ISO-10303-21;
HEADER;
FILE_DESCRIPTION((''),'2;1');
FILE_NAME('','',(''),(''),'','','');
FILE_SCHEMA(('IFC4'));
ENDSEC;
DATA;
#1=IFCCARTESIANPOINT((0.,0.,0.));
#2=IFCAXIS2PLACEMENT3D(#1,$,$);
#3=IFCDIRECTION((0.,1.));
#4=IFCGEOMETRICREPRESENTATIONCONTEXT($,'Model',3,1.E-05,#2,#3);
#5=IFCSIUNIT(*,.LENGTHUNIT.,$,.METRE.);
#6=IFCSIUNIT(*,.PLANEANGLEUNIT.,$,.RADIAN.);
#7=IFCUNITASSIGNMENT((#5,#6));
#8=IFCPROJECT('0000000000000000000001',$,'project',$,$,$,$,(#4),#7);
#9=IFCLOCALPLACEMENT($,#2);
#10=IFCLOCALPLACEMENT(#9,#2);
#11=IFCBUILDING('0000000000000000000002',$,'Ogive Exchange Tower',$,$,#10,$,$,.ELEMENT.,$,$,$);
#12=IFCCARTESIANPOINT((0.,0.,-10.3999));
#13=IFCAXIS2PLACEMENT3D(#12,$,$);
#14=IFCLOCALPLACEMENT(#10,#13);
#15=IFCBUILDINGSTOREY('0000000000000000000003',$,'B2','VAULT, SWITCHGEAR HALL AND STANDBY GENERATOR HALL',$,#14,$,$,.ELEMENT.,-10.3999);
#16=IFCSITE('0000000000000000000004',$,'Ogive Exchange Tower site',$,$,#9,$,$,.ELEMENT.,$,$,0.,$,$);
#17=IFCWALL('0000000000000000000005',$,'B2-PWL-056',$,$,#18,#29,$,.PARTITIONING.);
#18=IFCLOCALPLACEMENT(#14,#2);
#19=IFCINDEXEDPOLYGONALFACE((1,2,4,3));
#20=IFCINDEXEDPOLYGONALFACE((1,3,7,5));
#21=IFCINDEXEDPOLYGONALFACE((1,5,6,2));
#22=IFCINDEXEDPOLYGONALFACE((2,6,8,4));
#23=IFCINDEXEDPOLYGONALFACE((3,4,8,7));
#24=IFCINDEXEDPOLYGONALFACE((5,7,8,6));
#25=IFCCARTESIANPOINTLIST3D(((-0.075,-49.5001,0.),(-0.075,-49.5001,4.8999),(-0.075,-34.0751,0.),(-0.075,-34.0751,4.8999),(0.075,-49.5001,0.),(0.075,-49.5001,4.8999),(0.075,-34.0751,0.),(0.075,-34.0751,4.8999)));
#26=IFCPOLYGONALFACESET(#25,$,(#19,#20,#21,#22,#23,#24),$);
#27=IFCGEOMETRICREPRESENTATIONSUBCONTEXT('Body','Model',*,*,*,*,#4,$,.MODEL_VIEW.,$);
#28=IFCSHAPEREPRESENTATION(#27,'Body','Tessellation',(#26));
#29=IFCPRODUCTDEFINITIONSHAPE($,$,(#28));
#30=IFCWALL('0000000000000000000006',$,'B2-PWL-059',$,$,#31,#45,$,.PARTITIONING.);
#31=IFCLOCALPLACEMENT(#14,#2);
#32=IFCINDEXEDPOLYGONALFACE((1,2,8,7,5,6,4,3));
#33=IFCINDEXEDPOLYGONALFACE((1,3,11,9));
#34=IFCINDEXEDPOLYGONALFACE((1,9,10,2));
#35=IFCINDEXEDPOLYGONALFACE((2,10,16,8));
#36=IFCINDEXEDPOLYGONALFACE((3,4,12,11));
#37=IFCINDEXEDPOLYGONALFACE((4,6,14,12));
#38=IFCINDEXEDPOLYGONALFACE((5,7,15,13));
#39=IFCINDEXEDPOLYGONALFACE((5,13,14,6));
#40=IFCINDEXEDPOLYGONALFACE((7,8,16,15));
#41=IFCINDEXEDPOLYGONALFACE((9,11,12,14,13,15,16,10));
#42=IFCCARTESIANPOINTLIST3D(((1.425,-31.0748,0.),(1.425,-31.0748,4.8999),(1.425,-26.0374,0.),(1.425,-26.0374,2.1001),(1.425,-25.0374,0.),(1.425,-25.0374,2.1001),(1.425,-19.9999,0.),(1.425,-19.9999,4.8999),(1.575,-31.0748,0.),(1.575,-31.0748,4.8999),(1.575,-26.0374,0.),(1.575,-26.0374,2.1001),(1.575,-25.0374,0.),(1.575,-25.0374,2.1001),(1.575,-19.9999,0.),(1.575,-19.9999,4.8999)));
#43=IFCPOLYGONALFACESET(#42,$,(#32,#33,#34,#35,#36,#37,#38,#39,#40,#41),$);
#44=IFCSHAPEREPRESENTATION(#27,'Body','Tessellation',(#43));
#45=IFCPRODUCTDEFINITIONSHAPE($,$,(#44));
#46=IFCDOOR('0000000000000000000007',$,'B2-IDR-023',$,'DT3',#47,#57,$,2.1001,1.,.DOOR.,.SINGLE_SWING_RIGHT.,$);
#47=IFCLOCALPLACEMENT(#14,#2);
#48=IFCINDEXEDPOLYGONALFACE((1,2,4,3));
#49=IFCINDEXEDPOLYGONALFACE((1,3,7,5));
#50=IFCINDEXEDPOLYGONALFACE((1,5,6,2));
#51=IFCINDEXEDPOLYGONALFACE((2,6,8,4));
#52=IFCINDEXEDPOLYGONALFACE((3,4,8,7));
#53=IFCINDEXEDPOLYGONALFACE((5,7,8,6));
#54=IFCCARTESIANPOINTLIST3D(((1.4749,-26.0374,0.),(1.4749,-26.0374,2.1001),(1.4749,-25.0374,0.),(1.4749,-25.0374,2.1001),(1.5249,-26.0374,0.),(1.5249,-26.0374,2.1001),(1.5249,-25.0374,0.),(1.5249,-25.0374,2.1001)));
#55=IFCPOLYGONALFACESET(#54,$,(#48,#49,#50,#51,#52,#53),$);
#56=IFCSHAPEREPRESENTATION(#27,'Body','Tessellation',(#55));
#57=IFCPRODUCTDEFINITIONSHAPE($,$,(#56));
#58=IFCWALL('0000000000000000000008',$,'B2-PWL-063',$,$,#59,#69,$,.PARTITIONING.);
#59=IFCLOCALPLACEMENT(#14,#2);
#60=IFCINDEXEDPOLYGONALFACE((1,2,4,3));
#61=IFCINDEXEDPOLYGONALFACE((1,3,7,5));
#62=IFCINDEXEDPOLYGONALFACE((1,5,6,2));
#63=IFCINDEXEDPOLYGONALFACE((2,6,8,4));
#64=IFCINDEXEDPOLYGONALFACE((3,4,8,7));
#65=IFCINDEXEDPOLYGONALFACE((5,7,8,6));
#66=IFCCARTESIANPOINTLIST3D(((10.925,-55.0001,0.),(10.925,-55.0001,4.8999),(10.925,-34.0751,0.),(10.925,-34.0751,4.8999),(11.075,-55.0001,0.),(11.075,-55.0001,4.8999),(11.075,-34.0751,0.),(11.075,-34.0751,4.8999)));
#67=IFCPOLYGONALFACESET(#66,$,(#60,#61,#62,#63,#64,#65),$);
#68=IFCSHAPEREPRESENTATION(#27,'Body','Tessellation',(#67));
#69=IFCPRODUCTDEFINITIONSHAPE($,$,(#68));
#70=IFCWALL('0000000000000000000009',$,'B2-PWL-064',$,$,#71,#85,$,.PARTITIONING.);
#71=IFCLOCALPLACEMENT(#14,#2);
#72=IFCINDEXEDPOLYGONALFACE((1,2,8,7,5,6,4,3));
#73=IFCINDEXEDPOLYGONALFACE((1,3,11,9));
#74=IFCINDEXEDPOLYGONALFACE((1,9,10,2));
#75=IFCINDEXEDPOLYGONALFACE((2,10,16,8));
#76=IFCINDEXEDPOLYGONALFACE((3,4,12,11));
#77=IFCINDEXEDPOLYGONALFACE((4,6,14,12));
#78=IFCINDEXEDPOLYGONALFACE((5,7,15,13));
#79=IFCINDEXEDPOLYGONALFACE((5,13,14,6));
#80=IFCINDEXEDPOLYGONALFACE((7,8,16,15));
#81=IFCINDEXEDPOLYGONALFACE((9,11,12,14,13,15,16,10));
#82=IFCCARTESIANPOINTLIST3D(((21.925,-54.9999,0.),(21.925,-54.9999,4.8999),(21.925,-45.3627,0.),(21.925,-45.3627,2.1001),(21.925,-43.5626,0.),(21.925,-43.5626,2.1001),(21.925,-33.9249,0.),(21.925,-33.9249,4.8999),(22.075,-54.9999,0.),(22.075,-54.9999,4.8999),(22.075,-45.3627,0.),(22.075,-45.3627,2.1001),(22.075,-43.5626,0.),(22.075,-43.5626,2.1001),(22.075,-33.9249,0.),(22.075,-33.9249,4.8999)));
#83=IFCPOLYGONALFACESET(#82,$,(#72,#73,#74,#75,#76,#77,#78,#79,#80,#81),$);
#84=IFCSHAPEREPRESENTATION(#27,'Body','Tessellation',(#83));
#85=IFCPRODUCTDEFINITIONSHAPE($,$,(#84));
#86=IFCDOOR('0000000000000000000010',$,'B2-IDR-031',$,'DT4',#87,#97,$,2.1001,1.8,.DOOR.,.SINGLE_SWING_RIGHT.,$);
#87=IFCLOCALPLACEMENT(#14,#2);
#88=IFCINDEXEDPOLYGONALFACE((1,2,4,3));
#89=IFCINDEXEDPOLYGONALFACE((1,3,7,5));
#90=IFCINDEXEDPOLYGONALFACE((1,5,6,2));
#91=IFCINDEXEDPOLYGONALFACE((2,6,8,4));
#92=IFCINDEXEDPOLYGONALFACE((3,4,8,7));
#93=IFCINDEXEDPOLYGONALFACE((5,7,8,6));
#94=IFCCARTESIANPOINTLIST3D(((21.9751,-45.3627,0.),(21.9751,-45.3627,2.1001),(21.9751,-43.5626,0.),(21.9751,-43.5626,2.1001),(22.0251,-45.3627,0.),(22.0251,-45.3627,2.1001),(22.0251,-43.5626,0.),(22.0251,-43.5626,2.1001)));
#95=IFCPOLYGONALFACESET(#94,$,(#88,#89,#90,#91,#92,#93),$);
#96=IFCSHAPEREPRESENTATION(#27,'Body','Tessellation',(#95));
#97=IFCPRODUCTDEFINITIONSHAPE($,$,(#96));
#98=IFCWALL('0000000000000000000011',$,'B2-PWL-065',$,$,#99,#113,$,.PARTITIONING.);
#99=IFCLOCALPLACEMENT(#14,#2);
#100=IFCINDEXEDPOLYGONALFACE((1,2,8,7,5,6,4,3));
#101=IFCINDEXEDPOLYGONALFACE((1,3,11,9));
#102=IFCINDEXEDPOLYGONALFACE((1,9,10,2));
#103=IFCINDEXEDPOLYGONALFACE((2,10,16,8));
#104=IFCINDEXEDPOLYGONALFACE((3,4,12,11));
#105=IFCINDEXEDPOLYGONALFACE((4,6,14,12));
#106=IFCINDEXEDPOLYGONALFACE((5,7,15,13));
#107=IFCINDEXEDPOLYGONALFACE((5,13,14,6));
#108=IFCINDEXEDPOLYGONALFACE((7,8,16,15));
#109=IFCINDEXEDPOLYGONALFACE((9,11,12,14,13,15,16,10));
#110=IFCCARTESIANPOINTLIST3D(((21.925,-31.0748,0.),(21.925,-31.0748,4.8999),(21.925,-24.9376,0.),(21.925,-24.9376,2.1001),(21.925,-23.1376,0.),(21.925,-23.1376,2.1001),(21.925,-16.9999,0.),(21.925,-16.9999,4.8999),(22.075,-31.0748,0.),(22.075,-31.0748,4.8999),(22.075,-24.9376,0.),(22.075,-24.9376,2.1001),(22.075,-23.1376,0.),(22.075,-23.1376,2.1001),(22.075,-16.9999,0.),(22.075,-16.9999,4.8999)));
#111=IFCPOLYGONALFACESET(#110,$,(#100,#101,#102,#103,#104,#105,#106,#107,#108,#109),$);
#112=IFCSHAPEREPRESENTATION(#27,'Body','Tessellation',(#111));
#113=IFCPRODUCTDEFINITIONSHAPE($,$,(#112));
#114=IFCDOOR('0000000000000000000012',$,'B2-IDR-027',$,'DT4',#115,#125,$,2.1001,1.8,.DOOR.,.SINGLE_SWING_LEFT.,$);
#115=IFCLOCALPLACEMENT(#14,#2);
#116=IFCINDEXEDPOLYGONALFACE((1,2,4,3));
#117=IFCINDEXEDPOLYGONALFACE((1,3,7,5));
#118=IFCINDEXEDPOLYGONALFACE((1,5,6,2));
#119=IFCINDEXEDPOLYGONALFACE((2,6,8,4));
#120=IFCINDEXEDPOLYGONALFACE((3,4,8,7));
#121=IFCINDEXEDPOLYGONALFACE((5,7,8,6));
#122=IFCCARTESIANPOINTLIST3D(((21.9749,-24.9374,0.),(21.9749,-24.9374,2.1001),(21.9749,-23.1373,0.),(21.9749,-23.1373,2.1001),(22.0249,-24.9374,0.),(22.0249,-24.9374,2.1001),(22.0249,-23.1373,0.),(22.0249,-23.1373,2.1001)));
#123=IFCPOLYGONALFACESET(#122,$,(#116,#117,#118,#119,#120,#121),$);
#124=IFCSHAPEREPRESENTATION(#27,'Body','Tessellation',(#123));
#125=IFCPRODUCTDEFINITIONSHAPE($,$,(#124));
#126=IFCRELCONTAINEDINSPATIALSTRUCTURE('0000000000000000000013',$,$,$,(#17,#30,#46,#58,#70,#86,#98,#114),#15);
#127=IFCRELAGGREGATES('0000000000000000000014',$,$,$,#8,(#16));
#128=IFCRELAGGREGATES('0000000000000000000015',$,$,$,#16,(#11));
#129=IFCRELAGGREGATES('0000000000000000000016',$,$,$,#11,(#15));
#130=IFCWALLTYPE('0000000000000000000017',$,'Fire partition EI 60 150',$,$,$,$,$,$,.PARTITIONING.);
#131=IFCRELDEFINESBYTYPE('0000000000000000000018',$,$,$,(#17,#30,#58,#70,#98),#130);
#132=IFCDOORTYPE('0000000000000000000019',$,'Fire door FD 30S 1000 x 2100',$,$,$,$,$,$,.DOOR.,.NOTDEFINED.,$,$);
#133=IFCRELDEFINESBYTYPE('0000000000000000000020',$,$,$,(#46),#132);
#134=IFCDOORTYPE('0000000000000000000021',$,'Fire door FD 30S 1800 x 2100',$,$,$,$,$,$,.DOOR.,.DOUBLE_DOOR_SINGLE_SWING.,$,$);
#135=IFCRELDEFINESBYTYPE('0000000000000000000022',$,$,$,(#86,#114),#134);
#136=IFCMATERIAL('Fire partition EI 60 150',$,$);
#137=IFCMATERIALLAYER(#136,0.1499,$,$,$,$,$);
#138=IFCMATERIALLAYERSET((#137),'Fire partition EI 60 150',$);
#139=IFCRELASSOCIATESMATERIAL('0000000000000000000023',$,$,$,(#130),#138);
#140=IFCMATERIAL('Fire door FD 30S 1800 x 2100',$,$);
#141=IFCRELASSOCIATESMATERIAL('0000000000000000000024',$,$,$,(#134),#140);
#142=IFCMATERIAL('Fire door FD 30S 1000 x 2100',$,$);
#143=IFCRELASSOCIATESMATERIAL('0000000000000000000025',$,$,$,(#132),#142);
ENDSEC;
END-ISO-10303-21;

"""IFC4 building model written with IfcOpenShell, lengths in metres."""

from ifc_helpers import new_model, si_unit, direction, frame, frame_2d, origin, place, context, subcontext, project, spatial, rectangle, extrude, material, layer, layer_set, type_object, element, fill, save


model = new_model("IFC4")

# Units and contexts
model_context = context("Model", 3, precision=1e-05, world=origin(), true_north=direction((0.0, 1.0)))
body_context = subcontext(model_context, "Body", "Model", "MODEL_VIEW")
ifc_project = project(units=[si_unit("LENGTHUNIT", "METRE"), si_unit("PLANEANGLEUNIT", "RADIAN")], contexts=[model_context])

# Site, building, storey
site_placement = place(None, origin())
site = spatial("IfcSite", under=ifc_project, at=site_placement, Name="Ogive Exchange Tower site", CompositionType="ELEMENT", RefElevation=0.0)
building_placement = place(site_placement, origin())
building = spatial("IfcBuilding", under=site, at=building_placement, Name="Ogive Exchange Tower", CompositionType="ELEMENT")
storey_placement = place(building_placement, frame((0.0, 0.0, -10.3999)))
storey = spatial("IfcBuildingStorey", under=building, at=storey_placement, Name="B2", Description="VAULT, SWITCHGEAR HALL AND STANDBY GENERATOR HALL", CompositionType="ELEMENT", Elevation=-10.3999)

# Shared definitions
ifc_material_1 = material(Name="Fire partition EI 60 150")
ifc_layer_1 = layer(ifc_material_1, 0.1499)
ifc_layer_set_1 = layer_set([ifc_layer_1], Name="Fire partition EI 60 150")
wall_type_1 = type_object("IfcWallType", Name="Fire partition EI 60 150", PredefinedType="PARTITIONING", material=ifc_layer_set_1)
ifc_material_2 = material(Name="Fire door FD 30S 1800 x 2100")
door_type_1 = type_object("IfcDoorType", Name="Fire door FD 30S 1800 x 2100", OperationType="DOUBLE_DOOR_SINGLE_SWING", PredefinedType="DOOR", material=ifc_material_2)

# Wall
wall_1_placement = place(storey_placement, frame((0.0, -49.5, 0.0), z_axis=(0.0, 0.0, 1.0), x_axis=(0.0, 1.0, 0.0)))
element("IfcWall", 1, at=wall_1_placement, inside=storey, type_object=wall_type_1, Name="B2-PWL-056", PredefinedType="PARTITIONING", context=body_context, shape_type="SweptSolid", body=[
    extrude(rectangle(XDim=15.425, YDim=0.1499, at=frame_2d((7.7124, 0.0))), origin(), (0.0, 0.0, 1.0), 4.8999),
])

# Wall, opening, door
wall_2_placement = place(storey_placement, frame((1.5, -31.075, 0.0), z_axis=(0.0, 0.0, 1.0), x_axis=(0.0, 1.0, 0.0)))
wall_2 = element("IfcWall", 2, at=wall_2_placement, inside=storey, type_object=wall_type_1, Name="B2-PWL-059", PredefinedType="PARTITIONING", context=body_context, shape_type="SweptSolid", body=[
    extrude(rectangle(XDim=11.075, YDim=0.1499, at=frame_2d((5.5376, 0.0))), origin(), (0.0, 0.0, 1.0), 4.8999),
])
opening_1_placement = place(wall_2_placement, frame((5.0376, 0.0, 0.0)))
opening_1 = element("IfcOpeningElement", 3, at=opening_1_placement, cuts=wall_2, PredefinedType="OPENING", context=body_context, shape_type="SweptSolid", body=[
    extrude(rectangle(XDim=1.0, YDim=2.1001, at=frame_2d((0.5, 1.05))), frame((0.0, 0.085, 0.0), z_axis=(0.0, -1.0, 0.0), x_axis=(1.0, 0.0, 0.0)), (0.0, 0.0, 1.0), 0.1699),
])
ifc_material_3 = material(Name="Fire door FD 30S 1000 x 2100")
door_type_2 = type_object("IfcDoorType", Name="Fire door FD 30S 1000 x 2100", OperationType="NOTDEFINED", PredefinedType="DOOR", material=ifc_material_3)
door_1_placement = place(opening_1_placement, frame((1.0, 0.0, 0.0), z_axis=(0.0, 0.0, 1.0), x_axis=(-1.0, 0.0, 0.0)))
door_1 = element("IfcDoor", 4, at=door_1_placement, inside=storey, type_object=door_type_2, Name="B2-IDR-023", ObjectType="DT3", OperationType="SINGLE_SWING_RIGHT", OverallHeight=2.1001, OverallWidth=1.0, PredefinedType="DOOR", context=body_context, shape_type="SweptSolid", body=[
    extrude(rectangle(XDim=1.0, YDim=2.1001, at=frame_2d((0.5, 1.05))), frame((0.0, 0.0249, 0.0), z_axis=(0.0, -1.0, 0.0), x_axis=(1.0, 0.0, 0.0)), (0.0, 0.0, 1.0), 0.05),
])
fill(opening_1, door_1)

# Wall
wall_3_placement = place(storey_placement, frame((11.0, -55.0, 0.0), z_axis=(0.0, 0.0, 1.0), x_axis=(0.0, 1.0, 0.0)))
element("IfcWall", 5, at=wall_3_placement, inside=storey, type_object=wall_type_1, Name="B2-PWL-063", PredefinedType="PARTITIONING", context=body_context, shape_type="SweptSolid", body=[
    extrude(rectangle(XDim=20.925, YDim=0.1499, at=frame_2d((10.4624, 0.0))), origin(), (0.0, 0.0, 1.0), 4.8999),
])

# Walls, openings, doors
wall_4_placement = place(storey_placement, frame((22.0, -55.0, 0.0), z_axis=(0.0, 0.0, 1.0), x_axis=(0.0, 1.0, 0.0)))
wall_4 = element("IfcWall", 6, at=wall_4_placement, inside=storey, type_object=wall_type_1, Name="B2-PWL-064", PredefinedType="PARTITIONING", context=body_context, shape_type="SweptSolid", body=[
    extrude(rectangle(XDim=21.075, YDim=0.1499, at=frame_2d((10.5376, 0.0))), origin(), (0.0, 0.0, 1.0), 4.8999),
])
opening_2_placement = place(wall_4_placement, frame((9.6375, 0.0, 0.0)))
opening_2 = element("IfcOpeningElement", 7, at=opening_2_placement, cuts=wall_4, PredefinedType="OPENING", context=body_context, shape_type="SweptSolid", body=[
    extrude(rectangle(XDim=1.8, YDim=2.1001, at=frame_2d((0.8999, 1.05))), frame((0.0, 0.085, 0.0), z_axis=(0.0, -1.0, 0.0), x_axis=(1.0, 0.0, 0.0)), (0.0, 0.0, 1.0), 0.1699),
])
door_2_placement = place(opening_2_placement, origin())
door_2 = element("IfcDoor", 8, at=door_2_placement, inside=storey, type_object=door_type_1, Name="B2-IDR-031", ObjectType="DT4", OperationType="SINGLE_SWING_RIGHT", OverallHeight=2.1001, OverallWidth=1.8, PredefinedType="DOOR", context=body_context, shape_type="SweptSolid", body=[
    extrude(rectangle(XDim=1.8, YDim=2.1001, at=frame_2d((0.8999, 1.05))), frame((0.0, 0.0249, 0.0), z_axis=(0.0, -1.0, 0.0), x_axis=(1.0, 0.0, 0.0)), (0.0, 0.0, 1.0), 0.05),
])
fill(opening_2, door_2)
wall_5_placement = place(storey_placement, frame((22.0, -31.075, 0.0), z_axis=(0.0, 0.0, 1.0), x_axis=(0.0, 1.0, 0.0)))
wall_5 = element("IfcWall", 9, at=wall_5_placement, inside=storey, type_object=wall_type_1, Name="B2-PWL-065", PredefinedType="PARTITIONING", context=body_context, shape_type="SweptSolid", body=[
    extrude(rectangle(XDim=14.075, YDim=0.1499, at=frame_2d((7.0376, 0.0))), origin(), (0.0, 0.0, 1.0), 4.8999),
])
opening_3_placement = place(wall_5_placement, frame((6.1375, 0.0, 0.0)))
opening_3 = element("IfcOpeningElement", 10, at=opening_3_placement, cuts=wall_5, PredefinedType="OPENING", context=body_context, shape_type="SweptSolid", body=[
    extrude(rectangle(XDim=1.8, YDim=2.1001, at=frame_2d((0.8999, 1.05))), frame((0.0, 0.085, 0.0), z_axis=(0.0, -1.0, 0.0), x_axis=(1.0, 0.0, 0.0)), (0.0, 0.0, 1.0), 0.1699),
])
door_3_placement = place(opening_3_placement, frame((1.8, 0.0, 0.0), z_axis=(0.0, 0.0, 1.0), x_axis=(-1.0, 0.0, 0.0)))
door_3 = element("IfcDoor", 11, at=door_3_placement, inside=storey, type_object=door_type_1, Name="B2-IDR-027", ObjectType="DT4", OperationType="SINGLE_SWING_LEFT", OverallHeight=2.1001, OverallWidth=1.8, PredefinedType="DOOR", context=body_context, shape_type="SweptSolid", body=[
    extrude(rectangle(XDim=1.8, YDim=2.1001, at=frame_2d((0.8999, 1.05))), frame((0.0, 0.0249, 0.0), z_axis=(0.0, -1.0, 0.0), x_axis=(1.0, 0.0, 0.0)), (0.0, 0.0, 1.0), 0.05),
])
fill(opening_3, door_3)

save(model, "model.ifc")
